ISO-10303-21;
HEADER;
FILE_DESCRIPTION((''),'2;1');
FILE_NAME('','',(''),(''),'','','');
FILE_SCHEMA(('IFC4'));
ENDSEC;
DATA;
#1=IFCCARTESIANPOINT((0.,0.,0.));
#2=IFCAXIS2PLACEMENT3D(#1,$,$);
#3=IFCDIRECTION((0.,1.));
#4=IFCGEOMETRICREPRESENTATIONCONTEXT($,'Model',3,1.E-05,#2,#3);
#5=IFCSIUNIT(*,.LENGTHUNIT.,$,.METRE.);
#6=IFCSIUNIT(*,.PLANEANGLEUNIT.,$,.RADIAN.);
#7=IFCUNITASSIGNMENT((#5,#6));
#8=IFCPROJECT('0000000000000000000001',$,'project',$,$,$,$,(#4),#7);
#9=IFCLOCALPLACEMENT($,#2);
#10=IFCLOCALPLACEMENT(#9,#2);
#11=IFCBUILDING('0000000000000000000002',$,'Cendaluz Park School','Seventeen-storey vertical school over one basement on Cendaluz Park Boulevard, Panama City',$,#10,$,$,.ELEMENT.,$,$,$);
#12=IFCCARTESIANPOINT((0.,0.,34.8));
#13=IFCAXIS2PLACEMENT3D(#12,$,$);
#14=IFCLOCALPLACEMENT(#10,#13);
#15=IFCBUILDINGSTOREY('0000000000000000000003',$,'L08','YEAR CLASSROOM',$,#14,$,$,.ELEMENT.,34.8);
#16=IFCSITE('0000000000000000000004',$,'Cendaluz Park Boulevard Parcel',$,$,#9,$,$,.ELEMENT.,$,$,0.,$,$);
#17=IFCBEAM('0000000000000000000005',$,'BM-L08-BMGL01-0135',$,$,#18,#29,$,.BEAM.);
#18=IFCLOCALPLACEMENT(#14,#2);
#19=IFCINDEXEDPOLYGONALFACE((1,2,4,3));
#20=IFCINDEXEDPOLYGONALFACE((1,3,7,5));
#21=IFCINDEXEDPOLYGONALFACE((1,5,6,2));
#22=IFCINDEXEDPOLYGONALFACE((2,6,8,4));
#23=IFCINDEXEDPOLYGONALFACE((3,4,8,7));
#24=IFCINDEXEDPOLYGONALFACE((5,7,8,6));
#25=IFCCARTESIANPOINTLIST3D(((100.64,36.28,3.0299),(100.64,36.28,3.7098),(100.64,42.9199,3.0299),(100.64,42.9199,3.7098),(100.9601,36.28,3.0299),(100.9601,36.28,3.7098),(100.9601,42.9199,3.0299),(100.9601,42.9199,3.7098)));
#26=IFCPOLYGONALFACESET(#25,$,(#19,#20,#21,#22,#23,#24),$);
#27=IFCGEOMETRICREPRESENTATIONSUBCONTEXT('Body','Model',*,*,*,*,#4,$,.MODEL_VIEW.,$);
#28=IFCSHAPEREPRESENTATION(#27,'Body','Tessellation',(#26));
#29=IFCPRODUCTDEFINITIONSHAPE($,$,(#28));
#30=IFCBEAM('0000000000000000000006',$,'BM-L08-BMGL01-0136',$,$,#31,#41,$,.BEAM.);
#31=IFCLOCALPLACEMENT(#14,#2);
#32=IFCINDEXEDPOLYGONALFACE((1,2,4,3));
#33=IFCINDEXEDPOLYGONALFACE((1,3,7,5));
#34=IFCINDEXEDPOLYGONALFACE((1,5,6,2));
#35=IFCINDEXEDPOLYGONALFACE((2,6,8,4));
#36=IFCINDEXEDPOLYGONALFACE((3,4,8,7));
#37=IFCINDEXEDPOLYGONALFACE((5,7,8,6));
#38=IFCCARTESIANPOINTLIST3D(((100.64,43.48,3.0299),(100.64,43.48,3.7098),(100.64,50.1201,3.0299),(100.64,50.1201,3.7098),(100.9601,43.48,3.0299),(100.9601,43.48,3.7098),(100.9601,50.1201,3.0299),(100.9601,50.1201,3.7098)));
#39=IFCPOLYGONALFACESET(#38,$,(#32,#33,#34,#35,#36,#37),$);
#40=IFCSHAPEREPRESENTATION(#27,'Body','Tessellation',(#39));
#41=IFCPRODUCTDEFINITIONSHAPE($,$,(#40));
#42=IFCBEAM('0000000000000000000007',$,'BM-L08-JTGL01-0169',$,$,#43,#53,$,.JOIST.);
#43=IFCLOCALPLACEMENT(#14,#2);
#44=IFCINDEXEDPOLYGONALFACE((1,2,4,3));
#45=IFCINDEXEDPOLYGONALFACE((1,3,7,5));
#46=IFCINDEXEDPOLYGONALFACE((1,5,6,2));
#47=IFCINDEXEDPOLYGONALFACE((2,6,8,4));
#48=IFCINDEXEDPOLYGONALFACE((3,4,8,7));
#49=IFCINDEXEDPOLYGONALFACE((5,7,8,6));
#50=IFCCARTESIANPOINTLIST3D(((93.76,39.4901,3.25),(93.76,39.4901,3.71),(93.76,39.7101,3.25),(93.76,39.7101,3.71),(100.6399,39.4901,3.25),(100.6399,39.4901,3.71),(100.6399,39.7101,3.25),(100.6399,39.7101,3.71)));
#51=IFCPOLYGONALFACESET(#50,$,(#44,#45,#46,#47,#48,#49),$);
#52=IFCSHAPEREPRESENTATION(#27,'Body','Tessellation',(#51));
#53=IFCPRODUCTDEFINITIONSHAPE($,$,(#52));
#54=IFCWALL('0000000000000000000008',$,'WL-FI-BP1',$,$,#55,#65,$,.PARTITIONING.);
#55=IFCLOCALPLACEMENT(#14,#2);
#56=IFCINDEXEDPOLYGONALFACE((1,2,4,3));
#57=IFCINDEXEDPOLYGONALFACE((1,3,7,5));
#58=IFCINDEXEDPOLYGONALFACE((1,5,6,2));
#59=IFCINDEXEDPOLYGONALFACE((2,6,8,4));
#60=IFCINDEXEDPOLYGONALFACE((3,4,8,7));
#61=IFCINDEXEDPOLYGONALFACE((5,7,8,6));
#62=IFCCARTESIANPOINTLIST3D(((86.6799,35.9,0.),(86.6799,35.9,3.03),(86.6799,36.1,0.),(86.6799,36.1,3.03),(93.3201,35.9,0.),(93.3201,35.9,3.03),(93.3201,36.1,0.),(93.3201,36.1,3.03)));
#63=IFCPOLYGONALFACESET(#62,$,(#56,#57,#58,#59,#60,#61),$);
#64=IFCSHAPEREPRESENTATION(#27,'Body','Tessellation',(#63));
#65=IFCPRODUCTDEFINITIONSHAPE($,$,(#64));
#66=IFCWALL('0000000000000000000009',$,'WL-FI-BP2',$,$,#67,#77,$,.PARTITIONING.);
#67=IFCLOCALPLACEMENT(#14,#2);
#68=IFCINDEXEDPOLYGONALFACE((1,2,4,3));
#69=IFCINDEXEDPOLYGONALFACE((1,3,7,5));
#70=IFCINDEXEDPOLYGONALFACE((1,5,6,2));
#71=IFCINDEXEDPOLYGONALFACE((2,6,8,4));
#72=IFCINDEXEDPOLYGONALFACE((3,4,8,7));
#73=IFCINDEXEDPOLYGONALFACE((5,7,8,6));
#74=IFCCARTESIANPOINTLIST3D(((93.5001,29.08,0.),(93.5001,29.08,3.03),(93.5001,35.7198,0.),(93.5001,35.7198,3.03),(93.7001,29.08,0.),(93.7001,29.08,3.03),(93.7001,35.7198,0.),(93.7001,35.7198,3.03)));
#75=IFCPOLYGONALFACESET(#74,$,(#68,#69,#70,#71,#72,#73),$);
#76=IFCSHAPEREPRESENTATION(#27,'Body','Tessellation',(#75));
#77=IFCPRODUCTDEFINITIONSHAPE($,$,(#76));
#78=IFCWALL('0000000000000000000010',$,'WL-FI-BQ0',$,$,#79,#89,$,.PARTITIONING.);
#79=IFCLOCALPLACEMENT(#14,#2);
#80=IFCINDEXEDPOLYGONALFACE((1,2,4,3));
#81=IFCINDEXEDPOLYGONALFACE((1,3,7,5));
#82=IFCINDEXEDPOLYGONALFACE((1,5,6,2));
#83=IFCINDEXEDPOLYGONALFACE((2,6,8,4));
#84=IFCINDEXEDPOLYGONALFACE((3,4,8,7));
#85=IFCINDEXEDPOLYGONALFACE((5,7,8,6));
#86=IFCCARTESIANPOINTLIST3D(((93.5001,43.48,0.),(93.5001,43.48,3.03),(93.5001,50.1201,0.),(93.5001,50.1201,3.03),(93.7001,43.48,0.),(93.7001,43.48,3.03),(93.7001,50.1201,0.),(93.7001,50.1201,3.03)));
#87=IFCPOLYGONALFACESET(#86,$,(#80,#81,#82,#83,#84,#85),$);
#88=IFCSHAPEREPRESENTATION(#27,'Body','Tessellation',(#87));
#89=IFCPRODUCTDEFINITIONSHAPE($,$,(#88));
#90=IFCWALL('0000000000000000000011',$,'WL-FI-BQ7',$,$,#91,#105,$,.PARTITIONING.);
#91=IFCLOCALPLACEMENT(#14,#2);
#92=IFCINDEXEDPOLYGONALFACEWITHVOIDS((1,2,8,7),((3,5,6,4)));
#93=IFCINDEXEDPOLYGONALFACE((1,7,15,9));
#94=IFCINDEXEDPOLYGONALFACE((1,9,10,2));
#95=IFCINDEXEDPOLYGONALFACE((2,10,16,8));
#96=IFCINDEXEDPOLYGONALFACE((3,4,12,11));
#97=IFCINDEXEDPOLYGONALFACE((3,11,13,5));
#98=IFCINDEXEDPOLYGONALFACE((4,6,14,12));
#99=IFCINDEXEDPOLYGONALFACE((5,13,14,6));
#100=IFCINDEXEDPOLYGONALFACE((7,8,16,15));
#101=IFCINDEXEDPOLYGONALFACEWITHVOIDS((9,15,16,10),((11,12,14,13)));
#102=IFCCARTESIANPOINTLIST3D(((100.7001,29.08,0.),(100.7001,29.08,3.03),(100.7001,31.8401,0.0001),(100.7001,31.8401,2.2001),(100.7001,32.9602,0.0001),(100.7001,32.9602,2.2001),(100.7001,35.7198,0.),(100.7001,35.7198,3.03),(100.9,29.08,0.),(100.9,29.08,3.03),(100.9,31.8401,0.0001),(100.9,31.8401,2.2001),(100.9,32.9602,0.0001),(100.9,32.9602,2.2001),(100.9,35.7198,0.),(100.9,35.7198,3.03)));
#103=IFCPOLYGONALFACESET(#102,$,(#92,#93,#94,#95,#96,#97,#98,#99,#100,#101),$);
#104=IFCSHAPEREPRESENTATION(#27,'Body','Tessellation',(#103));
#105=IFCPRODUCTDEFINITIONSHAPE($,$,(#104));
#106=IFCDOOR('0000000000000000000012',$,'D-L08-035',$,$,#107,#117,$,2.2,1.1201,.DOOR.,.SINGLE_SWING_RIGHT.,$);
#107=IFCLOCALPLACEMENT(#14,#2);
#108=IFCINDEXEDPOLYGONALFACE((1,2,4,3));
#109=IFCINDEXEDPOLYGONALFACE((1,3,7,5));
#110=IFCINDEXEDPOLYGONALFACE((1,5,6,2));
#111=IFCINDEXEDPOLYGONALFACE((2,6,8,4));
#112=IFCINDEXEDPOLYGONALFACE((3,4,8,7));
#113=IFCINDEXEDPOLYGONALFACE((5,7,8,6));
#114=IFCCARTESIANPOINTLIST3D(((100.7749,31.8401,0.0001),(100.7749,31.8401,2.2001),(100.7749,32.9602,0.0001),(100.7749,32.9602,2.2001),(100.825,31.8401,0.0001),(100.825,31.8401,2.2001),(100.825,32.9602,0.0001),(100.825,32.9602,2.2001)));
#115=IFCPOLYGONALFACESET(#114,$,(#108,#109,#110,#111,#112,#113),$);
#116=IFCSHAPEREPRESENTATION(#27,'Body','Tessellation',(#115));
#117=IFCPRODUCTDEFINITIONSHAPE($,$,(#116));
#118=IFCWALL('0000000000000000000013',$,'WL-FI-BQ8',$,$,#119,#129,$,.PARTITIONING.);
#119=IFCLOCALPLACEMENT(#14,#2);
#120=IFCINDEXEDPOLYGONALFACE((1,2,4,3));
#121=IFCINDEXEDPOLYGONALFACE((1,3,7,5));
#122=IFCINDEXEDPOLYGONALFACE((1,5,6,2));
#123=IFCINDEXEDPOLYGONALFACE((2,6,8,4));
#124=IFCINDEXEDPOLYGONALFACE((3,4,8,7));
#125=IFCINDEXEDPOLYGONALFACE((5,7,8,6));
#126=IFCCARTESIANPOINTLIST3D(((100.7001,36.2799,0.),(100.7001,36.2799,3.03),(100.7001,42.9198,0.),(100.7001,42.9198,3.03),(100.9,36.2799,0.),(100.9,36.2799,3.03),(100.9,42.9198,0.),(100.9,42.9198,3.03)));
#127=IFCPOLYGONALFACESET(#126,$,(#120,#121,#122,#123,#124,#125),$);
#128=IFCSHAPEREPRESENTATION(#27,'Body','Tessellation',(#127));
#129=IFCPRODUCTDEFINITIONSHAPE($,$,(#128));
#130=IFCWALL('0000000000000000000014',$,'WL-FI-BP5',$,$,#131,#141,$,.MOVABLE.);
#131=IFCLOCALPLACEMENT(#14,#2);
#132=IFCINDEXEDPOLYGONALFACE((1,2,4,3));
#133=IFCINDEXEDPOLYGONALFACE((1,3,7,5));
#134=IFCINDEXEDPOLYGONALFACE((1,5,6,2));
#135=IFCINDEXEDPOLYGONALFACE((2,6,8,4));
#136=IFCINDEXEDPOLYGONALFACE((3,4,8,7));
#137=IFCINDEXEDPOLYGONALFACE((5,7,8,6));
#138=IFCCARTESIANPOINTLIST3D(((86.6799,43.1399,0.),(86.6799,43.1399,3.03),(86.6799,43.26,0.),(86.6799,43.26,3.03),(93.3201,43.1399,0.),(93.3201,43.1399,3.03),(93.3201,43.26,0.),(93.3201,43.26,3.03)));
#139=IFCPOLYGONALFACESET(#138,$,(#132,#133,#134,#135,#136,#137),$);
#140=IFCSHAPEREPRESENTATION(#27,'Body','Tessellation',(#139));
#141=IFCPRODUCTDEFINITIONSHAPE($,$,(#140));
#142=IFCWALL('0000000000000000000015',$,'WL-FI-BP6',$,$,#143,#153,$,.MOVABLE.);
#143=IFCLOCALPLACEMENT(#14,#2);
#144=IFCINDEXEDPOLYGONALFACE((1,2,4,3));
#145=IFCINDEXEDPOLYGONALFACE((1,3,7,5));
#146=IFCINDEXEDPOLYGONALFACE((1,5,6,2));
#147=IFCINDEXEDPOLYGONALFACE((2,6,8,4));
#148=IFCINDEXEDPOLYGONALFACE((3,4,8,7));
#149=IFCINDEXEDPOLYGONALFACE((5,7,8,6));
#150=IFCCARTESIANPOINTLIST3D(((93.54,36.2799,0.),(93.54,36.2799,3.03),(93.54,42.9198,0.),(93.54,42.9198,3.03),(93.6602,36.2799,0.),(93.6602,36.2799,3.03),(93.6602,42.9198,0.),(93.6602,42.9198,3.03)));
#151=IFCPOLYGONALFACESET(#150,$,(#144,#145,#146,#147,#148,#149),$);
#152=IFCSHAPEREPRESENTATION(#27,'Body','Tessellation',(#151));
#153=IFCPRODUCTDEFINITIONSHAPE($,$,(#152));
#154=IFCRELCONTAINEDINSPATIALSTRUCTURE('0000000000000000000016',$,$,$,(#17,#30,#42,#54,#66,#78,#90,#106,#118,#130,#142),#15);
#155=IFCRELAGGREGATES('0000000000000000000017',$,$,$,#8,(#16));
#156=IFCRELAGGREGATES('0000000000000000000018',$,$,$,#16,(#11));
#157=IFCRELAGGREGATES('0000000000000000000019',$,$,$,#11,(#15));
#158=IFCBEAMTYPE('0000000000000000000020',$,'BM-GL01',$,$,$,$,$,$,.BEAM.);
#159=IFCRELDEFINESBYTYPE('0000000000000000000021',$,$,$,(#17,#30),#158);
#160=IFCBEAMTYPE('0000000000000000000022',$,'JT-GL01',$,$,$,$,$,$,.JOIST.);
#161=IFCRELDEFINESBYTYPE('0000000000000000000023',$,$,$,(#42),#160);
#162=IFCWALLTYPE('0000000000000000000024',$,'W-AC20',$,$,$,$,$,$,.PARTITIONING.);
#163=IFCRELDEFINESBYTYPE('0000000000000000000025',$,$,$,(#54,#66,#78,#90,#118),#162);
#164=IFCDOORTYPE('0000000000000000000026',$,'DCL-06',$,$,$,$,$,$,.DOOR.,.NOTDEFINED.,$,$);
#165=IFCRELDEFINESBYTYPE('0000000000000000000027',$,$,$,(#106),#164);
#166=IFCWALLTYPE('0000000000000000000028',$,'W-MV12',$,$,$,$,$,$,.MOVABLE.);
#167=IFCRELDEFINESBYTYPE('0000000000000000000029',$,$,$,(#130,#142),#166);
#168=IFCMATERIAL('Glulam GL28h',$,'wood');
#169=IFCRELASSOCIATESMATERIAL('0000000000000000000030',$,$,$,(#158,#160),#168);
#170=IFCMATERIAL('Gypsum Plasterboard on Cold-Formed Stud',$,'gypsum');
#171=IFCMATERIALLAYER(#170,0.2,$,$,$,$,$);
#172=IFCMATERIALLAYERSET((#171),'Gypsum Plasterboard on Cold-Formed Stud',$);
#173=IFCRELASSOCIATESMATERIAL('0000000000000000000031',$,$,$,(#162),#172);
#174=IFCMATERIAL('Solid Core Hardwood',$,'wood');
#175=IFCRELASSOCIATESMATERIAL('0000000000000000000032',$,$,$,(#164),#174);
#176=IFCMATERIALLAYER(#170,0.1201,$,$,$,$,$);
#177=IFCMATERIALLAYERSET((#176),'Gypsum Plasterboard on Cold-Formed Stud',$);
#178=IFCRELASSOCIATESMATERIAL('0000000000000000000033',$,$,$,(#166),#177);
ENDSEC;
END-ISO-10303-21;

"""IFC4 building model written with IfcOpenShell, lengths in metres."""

from ifc_helpers import new_model, si_unit, direction, frame, frame_2d, origin, origin_2d, place, context, subcontext, project, spatial, rectangle, extrude, material, layer, layer_set, material_profile, profile_set, type_object, element, fill, save


model = new_model("IFC4")

# Units and contexts
model_context = context("Model", 3, precision=1e-05, world=origin(), true_north=direction((0.0, 1.0)))
body_context = subcontext(model_context, "Body", "Model", "MODEL_VIEW")
ifc_project = project(units=[si_unit("LENGTHUNIT", "METRE"), si_unit("PLANEANGLEUNIT", "RADIAN")], contexts=[model_context])

# Site, building, storey
site_placement = place(None, origin())
site = spatial("IfcSite", under=ifc_project, at=site_placement, Name="Cendaluz Park Boulevard Parcel", CompositionType="ELEMENT", RefElevation=0.0)
building_placement = place(site_placement, origin())
building = spatial("IfcBuilding", under=site, at=building_placement, Name="Cendaluz Park School", Description="Seventeen-storey vertical school over one basement on Cendaluz Park Boulevard, Panama City", CompositionType="ELEMENT")
storey_placement = place(building_placement, frame((0.0, 0.0, 34.8)))
storey = spatial("IfcBuildingStorey", under=building, at=storey_placement, Name="L08", Description="YEAR CLASSROOM", CompositionType="ELEMENT", Elevation=34.8)

# Beams
ifc_material_1 = material(Name="Glulam GL28h", Category="wood")
ifc_material_profile_1 = material_profile(ifc_material_1, rectangle(XDim=0.3201, YDim=0.6799, at=origin_2d()), Name="GL28h 320x680", Category="wood")
ifc_profile_set_1 = profile_set([ifc_material_profile_1], Name="Glulam GL28h")
beam_type_1 = type_object("IfcBeamType", Name="BM-GL01", PredefinedType="BEAM", material=ifc_profile_set_1)
for number, where, z_axis, x_axis, name in (
    (1, (100.8, 36.28, 3.3699), (0.0, 1.0, 0.0), (-1.0, 0.0, 0.0), "BM-L08-BMGL01-0135"),
):
    element("IfcBeam", number, at=place(storey_placement, frame(where, z_axis=z_axis, x_axis=x_axis)), inside=storey, type_object=beam_type_1, Name=name, PredefinedType="BEAM", context=body_context, shape_type="SweptSolid", body=[
        extrude(rectangle(XDim=0.3201, YDim=0.6799, at=origin_2d()), origin(), (0.0, 0.0, 1.0), 6.6399),
    ])
beam_1_placement = place(storey_placement, frame((100.8, 43.48, 3.3699), z_axis=(0.0, 1.0, 0.0), x_axis=(-1.0, 0.0, 0.0)))
element("IfcBeam", 2, at=beam_1_placement, inside=storey, type_object=beam_type_1, Name="BM-L08-BMGL01-0136", PredefinedType="BEAM", context=body_context, shape_type="SweptSolid", body=[
    extrude(rectangle(XDim=0.3201, YDim=0.6799, at=origin_2d()), origin(), (0.0, 0.0, 1.0), 6.6401),
])
ifc_material_profile_2 = material_profile(ifc_material_1, rectangle(XDim=0.22, YDim=0.46, at=origin_2d()), Name="GL28h 220x460", Category="wood")
ifc_profile_set_2 = profile_set([ifc_material_profile_2], Name="Glulam GL28h")
beam_type_2 = type_object("IfcBeamType", Name="JT-GL01", PredefinedType="JOIST", material=ifc_profile_set_2)
beam_2_placement = place(storey_placement, frame((93.76, 39.6001, 3.48), z_axis=(1.0, 0.0, 0.0), x_axis=(0.0, 1.0, 0.0)))
element("IfcBeam", 3, at=beam_2_placement, inside=storey, type_object=beam_type_2, Name="BM-L08-JTGL01-0169", PredefinedType="JOIST", context=body_context, shape_type="SweptSolid", body=[
    extrude(rectangle(XDim=0.22, YDim=0.46, at=origin_2d()), origin(), (0.0, 0.0, 1.0), 6.8799),
])

# Walls
ifc_material_2 = material(Name="Gypsum Plasterboard on Cold-Formed Stud", Category="gypsum")
ifc_layer_1 = layer(ifc_material_2, 0.2)
ifc_layer_set_1 = layer_set([ifc_layer_1], Name="Gypsum Plasterboard on Cold-Formed Stud")
wall_type_1 = type_object("IfcWallType", Name="W-AC20", PredefinedType="PARTITIONING", material=ifc_layer_set_1)
wall_1_placement = place(storey_placement, frame((86.6799, 36.0, 0.0), z_axis=(0.0, 0.0, 1.0), x_axis=(1.0, 0.0, 0.0)))
element("IfcWall", 4, at=wall_1_placement, inside=storey, type_object=wall_type_1, Name="WL-FI-BP1", PredefinedType="PARTITIONING", context=body_context, shape_type="SweptSolid", body=[
    extrude(rectangle(XDim=6.6401, YDim=0.2, at=frame_2d((3.3201, 0.0))), origin(), (0.0, 0.0, 1.0), 3.03),
])
wall_2_placement = place(storey_placement, frame((93.6001, 29.0801, 0.0), z_axis=(0.0, 0.0, 1.0), x_axis=(0.0, 1.0, 0.0)))
element("IfcWall", 5, at=wall_2_placement, inside=storey, type_object=wall_type_1, Name="WL-FI-BP2", PredefinedType="PARTITIONING", context=body_context, shape_type="SweptSolid", body=[
    extrude(rectangle(XDim=6.6399, YDim=0.2, at=frame_2d((3.3198, 0.0))), origin(), (0.0, 0.0, 1.0), 3.03),
])
wall_3_placement = place(storey_placement, frame((93.6001, 43.48, 0.0), z_axis=(0.0, 0.0, 1.0), x_axis=(0.0, 1.0, 0.0)))
element("IfcWall", 6, at=wall_3_placement, inside=storey, type_object=wall_type_1, Name="WL-FI-BQ0", PredefinedType="PARTITIONING", context=body_context, shape_type="SweptSolid", body=[
    extrude(rectangle(XDim=6.6401, YDim=0.2, at=frame_2d((3.3201, 0.0))), origin(), (0.0, 0.0, 1.0), 3.03),
])

# Wall, opening, door
wall_4_placement = place(storey_placement, frame((100.8, 29.0801, 0.0), z_axis=(0.0, 0.0, 1.0), x_axis=(0.0, 1.0, 0.0)))
wall_4 = element("IfcWall", 7, at=wall_4_placement, inside=storey, type_object=wall_type_1, Name="WL-FI-BQ7", PredefinedType="PARTITIONING", context=body_context, shape_type="SweptSolid", body=[
    extrude(rectangle(XDim=6.6399, YDim=0.2, at=frame_2d((3.3198, 0.0))), origin(), (0.0, 0.0, 1.0), 3.03),
])
opening_placement = place(wall_4_placement, frame((2.76, 0.0, 0.0)))
opening = element("IfcOpeningElement", 8, at=opening_placement, cuts=wall_4, PredefinedType="OPENING", context=body_context, shape_type="SweptSolid", body=[
    extrude(rectangle(XDim=1.1201, YDim=2.2, at=frame_2d((0.5601, 1.1001))), frame((0.0, 0.1121, 0.0), z_axis=(0.0, -1.0, 0.0), x_axis=(1.0, 0.0, 0.0)), (0.0, 0.0, 1.0), 0.2239),
])
ifc_material_3 = material(Name="Solid Core Hardwood", Category="wood")
door_type = type_object("IfcDoorType", Name="DCL-06", OperationType="NOTDEFINED", PredefinedType="DOOR", material=ifc_material_3)
door_placement = place(opening_placement, frame((1.1201, 0.0, 0.0), z_axis=(0.0, 0.0, 1.0), x_axis=(-1.0, 0.0, 0.0)))
door = element("IfcDoor", 9, at=door_placement, inside=storey, type_object=door_type, Name="D-L08-035", OperationType="SINGLE_SWING_RIGHT", OverallHeight=2.2, OverallWidth=1.1201, PredefinedType="DOOR", context=body_context, shape_type="SweptSolid", body=[
    extrude(rectangle(XDim=1.1201, YDim=2.2, at=frame_2d((0.5601, 1.1001))), frame((0.0, 0.0249, 0.0), z_axis=(0.0, -1.0, 0.0), x_axis=(1.0, 0.0, 0.0)), (0.0, 0.0, 1.0), 0.05),
])
fill(opening, door)

# Walls
wall_5_placement = place(storey_placement, frame((100.8, 36.28, 0.0), z_axis=(0.0, 0.0, 1.0), x_axis=(0.0, 1.0, 0.0)))
element("IfcWall", 10, at=wall_5_placement, inside=storey, type_object=wall_type_1, Name="WL-FI-BQ8", PredefinedType="PARTITIONING", context=body_context, shape_type="SweptSolid", body=[
    extrude(rectangle(XDim=6.6399, YDim=0.2, at=frame_2d((3.3198, 0.0))), origin(), (0.0, 0.0, 1.0), 3.03),
])
ifc_layer_2 = layer(ifc_material_2, 0.1201)
ifc_layer_set_2 = layer_set([ifc_layer_2], Name="Gypsum Plasterboard on Cold-Formed Stud")
wall_type_2 = type_object("IfcWallType", Name="W-MV12", PredefinedType="MOVABLE", material=ifc_layer_set_2)
wall_6_placement = place(storey_placement, frame((86.6799, 43.2, 0.0), z_axis=(0.0, 0.0, 1.0), x_axis=(1.0, 0.0, 0.0)))
element("IfcWall", 11, at=wall_6_placement, inside=storey, type_object=wall_type_2, Name="WL-FI-BP5", PredefinedType="MOVABLE", context=body_context, shape_type="SweptSolid", body=[
    extrude(rectangle(XDim=6.6401, YDim=0.1201, at=frame_2d((3.3201, 0.0))), origin(), (0.0, 0.0, 1.0), 3.03),
])
wall_7_placement = place(storey_placement, frame((93.6001, 36.28, 0.0), z_axis=(0.0, 0.0, 1.0), x_axis=(0.0, 1.0, 0.0)))
element("IfcWall", 12, at=wall_7_placement, inside=storey, type_object=wall_type_2, Name="WL-FI-BP6", PredefinedType="MOVABLE", context=body_context, shape_type="SweptSolid", body=[
    extrude(rectangle(XDim=6.6399, YDim=0.1201, at=frame_2d((3.3198, 0.0))), origin(), (0.0, 0.0, 1.0), 3.03),
])

save(model, "model.ifc")
